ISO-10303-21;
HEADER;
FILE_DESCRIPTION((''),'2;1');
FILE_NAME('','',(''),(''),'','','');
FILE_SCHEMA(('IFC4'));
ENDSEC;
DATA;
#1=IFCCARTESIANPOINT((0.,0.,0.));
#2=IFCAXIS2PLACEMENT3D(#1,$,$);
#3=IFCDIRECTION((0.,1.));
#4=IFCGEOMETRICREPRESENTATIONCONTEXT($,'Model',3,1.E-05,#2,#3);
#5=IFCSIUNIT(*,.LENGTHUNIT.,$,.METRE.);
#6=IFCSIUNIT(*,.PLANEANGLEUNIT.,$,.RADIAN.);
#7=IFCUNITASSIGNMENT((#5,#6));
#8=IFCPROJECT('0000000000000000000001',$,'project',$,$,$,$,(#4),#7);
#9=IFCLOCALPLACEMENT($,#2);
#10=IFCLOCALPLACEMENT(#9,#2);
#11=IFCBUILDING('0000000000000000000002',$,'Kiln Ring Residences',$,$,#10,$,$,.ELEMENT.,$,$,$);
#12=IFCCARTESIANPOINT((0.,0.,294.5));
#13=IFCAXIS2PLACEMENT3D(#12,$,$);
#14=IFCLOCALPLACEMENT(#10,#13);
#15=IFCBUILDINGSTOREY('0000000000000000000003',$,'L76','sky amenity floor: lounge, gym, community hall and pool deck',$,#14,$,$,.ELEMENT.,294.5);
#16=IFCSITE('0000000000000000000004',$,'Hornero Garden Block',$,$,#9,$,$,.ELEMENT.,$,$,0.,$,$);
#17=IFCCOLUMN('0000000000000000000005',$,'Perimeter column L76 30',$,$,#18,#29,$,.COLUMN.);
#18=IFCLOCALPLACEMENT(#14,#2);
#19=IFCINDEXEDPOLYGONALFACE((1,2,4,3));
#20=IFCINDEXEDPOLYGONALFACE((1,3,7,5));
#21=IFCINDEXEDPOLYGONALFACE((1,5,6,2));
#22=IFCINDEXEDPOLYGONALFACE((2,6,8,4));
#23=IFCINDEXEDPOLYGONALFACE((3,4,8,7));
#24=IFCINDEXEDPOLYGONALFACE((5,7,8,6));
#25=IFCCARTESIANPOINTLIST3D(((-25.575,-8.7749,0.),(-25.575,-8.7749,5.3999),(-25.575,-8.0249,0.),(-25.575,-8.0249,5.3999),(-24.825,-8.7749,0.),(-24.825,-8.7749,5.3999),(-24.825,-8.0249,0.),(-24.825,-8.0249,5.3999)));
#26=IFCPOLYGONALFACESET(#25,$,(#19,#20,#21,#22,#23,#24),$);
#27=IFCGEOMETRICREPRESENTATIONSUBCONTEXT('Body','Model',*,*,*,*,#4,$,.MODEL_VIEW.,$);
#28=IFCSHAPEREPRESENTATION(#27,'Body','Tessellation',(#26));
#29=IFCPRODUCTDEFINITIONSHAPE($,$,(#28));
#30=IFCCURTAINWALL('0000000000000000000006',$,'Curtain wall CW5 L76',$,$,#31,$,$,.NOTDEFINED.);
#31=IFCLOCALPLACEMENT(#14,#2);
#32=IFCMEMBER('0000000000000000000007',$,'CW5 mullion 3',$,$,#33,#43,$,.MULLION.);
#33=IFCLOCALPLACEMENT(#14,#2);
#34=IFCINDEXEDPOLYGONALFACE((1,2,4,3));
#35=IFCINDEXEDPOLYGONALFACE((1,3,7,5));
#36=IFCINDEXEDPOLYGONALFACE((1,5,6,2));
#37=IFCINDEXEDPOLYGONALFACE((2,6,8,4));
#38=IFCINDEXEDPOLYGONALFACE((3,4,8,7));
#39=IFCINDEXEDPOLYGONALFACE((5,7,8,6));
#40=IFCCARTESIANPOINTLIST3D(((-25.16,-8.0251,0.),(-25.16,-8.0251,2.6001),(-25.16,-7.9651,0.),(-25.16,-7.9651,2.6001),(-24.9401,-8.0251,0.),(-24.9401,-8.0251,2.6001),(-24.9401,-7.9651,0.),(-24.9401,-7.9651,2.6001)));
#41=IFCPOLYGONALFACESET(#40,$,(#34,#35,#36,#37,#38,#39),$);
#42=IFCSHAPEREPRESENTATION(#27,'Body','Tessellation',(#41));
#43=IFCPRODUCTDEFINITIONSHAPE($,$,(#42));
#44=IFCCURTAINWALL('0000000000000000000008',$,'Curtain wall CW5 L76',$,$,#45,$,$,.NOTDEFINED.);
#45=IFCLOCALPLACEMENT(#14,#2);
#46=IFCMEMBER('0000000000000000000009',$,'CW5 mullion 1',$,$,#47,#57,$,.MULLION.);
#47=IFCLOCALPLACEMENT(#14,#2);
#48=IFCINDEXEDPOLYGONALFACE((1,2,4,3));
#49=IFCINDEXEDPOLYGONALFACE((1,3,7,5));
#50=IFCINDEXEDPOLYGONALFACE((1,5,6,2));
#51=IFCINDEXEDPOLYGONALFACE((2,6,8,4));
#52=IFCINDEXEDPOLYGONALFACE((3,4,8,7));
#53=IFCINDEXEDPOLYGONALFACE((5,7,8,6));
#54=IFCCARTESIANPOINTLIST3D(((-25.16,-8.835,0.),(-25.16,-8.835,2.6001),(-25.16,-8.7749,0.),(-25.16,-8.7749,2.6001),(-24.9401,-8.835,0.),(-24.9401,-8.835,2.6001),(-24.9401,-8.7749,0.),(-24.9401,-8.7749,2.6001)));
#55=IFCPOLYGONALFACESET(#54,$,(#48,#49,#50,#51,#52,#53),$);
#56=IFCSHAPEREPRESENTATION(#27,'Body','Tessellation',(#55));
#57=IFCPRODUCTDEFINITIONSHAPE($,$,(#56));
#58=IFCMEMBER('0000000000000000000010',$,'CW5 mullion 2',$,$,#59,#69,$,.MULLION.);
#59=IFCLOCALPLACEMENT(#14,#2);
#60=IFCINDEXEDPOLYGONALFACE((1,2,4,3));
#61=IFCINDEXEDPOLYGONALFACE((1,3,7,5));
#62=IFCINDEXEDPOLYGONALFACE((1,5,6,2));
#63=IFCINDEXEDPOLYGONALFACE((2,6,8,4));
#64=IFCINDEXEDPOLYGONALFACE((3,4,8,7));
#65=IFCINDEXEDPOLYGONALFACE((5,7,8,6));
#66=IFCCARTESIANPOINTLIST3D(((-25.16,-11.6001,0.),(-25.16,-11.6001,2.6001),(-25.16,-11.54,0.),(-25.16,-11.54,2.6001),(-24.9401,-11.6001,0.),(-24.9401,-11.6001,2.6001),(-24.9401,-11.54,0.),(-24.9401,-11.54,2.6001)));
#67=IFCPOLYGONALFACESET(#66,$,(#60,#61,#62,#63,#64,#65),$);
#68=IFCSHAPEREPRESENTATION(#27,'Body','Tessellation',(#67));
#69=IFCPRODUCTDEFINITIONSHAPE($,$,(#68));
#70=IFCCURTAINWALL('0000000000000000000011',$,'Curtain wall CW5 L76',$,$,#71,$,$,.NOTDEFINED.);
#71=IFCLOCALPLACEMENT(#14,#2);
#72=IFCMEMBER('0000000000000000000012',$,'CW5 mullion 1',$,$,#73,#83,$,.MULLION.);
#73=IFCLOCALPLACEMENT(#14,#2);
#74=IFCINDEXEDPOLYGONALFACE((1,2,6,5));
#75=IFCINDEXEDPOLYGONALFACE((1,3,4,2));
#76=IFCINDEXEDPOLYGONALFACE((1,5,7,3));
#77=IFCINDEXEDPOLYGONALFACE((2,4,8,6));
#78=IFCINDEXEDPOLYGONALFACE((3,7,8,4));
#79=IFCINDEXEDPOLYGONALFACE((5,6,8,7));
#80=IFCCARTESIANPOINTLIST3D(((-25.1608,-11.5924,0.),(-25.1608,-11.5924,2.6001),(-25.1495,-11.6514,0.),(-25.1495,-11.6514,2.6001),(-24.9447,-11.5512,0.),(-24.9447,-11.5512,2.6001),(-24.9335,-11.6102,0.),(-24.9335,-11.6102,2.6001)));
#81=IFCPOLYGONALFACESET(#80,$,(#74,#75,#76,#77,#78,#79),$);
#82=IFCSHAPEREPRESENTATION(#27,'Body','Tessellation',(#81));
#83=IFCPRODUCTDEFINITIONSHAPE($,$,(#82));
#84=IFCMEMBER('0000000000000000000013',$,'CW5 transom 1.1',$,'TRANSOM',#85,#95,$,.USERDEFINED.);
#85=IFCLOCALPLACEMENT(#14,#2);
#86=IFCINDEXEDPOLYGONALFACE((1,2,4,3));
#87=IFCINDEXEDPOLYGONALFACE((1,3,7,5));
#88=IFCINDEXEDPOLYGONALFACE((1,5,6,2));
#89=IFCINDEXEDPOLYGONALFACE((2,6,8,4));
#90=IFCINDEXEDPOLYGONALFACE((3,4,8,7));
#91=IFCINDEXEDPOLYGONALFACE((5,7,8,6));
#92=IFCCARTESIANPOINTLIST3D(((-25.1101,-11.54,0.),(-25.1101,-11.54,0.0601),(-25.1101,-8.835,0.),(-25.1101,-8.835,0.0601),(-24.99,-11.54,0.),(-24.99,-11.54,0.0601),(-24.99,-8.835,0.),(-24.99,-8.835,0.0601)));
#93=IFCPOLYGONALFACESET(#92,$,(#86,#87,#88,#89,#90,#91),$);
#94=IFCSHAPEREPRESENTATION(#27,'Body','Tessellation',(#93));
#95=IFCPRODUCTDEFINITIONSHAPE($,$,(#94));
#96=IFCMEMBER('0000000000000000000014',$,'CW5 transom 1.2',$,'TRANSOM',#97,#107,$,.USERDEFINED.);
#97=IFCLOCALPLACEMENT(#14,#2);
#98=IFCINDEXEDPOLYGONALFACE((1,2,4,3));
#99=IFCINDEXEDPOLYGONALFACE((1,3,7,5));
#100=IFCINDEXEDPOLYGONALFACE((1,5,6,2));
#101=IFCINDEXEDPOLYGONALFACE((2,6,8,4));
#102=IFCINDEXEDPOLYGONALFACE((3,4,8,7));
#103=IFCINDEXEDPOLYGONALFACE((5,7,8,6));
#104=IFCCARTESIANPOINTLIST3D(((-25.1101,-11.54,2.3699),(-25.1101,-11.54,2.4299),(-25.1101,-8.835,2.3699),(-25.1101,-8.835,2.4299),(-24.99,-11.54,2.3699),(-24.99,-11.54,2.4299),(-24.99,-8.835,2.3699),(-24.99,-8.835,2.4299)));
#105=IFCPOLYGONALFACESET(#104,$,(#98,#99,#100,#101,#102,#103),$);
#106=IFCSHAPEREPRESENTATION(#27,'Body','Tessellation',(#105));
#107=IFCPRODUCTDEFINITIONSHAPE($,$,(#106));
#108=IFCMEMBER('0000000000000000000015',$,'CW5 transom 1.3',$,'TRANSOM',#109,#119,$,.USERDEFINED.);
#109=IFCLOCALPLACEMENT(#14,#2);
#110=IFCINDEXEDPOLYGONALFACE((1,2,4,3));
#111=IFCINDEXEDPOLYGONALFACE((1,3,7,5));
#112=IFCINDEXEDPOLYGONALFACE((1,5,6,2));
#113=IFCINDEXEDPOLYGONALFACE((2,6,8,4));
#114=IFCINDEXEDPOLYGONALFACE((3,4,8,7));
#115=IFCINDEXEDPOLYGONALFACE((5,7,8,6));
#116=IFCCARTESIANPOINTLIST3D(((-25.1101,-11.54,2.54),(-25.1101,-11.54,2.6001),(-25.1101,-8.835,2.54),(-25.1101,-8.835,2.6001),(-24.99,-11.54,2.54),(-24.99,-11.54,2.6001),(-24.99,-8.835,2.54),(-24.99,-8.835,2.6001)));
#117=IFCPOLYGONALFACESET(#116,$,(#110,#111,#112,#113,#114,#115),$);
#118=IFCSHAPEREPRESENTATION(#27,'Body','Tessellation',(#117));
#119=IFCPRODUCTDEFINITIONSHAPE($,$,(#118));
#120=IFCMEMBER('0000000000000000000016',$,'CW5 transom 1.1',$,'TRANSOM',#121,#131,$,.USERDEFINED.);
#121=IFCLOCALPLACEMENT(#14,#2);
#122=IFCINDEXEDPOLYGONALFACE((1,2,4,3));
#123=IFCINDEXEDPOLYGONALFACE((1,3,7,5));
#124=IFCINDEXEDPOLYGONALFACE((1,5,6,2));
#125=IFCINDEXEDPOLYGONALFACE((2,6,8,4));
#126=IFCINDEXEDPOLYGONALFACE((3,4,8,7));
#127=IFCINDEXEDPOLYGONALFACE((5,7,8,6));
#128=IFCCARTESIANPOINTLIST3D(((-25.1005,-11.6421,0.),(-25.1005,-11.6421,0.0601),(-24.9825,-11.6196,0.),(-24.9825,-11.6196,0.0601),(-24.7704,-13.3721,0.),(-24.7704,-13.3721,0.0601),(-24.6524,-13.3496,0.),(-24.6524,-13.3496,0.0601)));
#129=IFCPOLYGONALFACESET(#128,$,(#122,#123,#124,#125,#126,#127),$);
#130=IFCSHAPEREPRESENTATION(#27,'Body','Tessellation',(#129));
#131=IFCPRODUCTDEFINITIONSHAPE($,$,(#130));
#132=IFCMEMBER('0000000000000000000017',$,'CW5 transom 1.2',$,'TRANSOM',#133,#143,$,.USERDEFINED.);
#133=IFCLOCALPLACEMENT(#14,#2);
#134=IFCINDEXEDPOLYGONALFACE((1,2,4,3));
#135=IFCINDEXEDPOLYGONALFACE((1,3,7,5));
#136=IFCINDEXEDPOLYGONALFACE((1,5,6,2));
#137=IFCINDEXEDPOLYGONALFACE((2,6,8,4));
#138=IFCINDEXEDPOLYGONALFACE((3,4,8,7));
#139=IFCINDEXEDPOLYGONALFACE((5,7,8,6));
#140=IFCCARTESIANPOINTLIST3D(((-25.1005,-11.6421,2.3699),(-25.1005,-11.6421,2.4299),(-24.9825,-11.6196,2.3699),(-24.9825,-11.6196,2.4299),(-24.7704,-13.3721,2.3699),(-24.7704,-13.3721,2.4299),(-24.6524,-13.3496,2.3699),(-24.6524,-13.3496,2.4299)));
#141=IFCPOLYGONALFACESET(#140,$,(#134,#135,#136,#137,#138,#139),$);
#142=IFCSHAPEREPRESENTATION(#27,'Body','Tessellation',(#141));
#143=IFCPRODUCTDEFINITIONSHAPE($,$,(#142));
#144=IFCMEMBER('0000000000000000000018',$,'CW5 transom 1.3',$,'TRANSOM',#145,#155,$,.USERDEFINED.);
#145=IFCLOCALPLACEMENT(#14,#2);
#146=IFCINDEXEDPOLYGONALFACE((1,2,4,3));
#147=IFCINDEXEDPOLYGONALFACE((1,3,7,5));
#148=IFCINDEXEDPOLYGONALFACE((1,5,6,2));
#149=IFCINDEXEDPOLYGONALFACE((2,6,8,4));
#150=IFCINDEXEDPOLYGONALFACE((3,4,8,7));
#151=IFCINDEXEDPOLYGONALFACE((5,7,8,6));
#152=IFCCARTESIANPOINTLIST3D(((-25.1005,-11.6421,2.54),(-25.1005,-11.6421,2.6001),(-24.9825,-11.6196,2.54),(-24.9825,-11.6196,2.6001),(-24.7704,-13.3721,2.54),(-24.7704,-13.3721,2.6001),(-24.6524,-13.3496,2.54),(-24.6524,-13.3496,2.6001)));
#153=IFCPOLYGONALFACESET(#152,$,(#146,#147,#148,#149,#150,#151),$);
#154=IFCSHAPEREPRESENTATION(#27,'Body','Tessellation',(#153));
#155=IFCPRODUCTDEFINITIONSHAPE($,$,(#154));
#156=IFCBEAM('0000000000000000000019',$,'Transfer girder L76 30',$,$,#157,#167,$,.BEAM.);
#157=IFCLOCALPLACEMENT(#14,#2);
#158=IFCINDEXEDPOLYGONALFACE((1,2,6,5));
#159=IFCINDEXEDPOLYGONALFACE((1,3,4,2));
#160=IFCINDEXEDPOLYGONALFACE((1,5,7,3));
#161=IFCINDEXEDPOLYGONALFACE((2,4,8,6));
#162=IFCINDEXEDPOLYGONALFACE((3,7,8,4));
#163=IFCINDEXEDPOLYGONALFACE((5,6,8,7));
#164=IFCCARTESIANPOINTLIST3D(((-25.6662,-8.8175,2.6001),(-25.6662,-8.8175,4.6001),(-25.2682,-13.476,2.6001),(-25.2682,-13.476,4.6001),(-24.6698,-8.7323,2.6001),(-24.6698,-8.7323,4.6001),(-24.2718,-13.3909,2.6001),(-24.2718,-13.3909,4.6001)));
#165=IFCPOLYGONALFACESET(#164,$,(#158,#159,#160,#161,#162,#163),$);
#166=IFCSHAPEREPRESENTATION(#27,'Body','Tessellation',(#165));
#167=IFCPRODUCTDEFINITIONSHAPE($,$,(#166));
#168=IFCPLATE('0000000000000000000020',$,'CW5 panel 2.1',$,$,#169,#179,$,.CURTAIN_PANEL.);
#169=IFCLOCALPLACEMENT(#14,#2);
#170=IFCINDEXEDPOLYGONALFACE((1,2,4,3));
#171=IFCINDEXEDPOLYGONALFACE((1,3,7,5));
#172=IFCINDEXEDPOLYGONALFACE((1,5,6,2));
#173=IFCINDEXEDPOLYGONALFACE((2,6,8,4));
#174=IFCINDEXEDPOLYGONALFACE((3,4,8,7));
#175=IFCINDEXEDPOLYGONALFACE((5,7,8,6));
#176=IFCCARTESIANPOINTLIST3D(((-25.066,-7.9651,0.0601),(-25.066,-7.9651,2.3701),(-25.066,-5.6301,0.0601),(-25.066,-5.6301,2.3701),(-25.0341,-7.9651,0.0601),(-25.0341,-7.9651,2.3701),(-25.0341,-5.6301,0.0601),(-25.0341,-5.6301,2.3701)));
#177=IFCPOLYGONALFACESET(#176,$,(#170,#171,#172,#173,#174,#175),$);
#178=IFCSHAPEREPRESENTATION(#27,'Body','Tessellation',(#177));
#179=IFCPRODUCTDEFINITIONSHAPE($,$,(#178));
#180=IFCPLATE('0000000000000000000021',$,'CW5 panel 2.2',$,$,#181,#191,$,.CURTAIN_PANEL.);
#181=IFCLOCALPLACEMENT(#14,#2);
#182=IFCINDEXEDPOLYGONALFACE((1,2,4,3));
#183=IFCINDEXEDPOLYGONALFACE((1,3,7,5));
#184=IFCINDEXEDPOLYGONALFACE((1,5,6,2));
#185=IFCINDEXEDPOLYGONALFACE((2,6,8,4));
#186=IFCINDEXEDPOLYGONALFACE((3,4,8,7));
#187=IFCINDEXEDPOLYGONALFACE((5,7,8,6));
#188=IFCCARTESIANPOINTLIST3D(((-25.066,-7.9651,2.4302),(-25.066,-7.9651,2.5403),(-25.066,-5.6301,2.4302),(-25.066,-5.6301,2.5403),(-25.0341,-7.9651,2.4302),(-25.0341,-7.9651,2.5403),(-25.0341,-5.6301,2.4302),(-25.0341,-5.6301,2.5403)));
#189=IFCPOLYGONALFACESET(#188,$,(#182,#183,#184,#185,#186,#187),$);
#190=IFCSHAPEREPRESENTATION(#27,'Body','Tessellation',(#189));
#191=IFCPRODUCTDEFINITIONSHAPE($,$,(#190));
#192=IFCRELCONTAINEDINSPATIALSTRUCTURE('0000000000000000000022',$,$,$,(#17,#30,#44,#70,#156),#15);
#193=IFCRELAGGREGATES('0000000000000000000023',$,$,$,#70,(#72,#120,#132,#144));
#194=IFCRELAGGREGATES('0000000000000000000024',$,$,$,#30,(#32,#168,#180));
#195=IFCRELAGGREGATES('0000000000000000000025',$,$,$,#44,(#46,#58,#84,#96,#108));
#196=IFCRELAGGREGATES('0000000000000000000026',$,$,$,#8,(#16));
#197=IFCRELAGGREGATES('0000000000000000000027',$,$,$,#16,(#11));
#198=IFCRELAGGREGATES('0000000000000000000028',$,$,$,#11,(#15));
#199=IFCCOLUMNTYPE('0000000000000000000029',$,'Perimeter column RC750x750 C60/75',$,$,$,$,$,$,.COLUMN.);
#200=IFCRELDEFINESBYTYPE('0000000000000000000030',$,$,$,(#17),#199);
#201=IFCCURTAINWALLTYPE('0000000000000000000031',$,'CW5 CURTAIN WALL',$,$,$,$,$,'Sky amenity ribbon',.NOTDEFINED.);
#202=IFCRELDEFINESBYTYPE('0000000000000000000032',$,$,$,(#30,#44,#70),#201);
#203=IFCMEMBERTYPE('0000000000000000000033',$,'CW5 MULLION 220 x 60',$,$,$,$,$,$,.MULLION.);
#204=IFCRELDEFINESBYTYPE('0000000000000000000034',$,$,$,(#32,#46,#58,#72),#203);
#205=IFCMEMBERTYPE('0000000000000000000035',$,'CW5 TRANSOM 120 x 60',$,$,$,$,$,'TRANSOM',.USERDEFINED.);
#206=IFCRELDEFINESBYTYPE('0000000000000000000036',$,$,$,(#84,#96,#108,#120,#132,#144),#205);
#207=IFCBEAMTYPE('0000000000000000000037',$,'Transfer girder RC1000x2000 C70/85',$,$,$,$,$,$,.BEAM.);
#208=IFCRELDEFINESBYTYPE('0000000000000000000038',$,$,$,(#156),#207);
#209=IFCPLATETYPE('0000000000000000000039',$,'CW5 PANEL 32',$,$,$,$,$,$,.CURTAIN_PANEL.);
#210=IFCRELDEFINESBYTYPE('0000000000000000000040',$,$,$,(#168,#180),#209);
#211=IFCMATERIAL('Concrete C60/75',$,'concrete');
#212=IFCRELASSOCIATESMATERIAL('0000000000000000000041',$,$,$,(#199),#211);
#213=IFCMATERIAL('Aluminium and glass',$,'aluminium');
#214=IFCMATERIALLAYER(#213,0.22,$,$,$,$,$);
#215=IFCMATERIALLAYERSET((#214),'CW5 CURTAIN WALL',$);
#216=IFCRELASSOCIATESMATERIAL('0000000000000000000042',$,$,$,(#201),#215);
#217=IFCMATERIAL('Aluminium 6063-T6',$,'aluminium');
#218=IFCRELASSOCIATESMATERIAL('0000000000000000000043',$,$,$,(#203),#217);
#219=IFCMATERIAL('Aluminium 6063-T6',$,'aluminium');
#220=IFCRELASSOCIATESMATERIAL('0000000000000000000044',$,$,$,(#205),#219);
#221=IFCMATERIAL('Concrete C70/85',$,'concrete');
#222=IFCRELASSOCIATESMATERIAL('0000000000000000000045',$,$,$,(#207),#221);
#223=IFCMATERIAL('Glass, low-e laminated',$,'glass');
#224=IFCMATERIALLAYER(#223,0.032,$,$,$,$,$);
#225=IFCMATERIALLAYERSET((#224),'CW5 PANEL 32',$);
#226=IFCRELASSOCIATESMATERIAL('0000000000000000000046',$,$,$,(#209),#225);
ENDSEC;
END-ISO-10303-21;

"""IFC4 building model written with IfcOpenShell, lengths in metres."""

from ifc_helpers import new_model, si_unit, direction, frame, origin, origin_2d, place, context, subcontext, project, spatial, rectangle, extrude, material, layer, layer_set, material_profile, profile_set, type_object, element, aggregate, save


model = new_model("IFC4")

# Units and contexts
model_context = context("Model", 3, precision=1e-05, world=origin(), true_north=direction((0.0, 1.0)))
body_context = subcontext(model_context, "Body", "Model", "MODEL_VIEW")
ifc_project = project(units=[si_unit("LENGTHUNIT", "METRE"), si_unit("PLANEANGLEUNIT", "RADIAN")], contexts=[model_context])

# Site, building, storey
site_placement = place(None, origin())
site = spatial("IfcSite", under=ifc_project, at=site_placement, Name="Hornero Garden Block", CompositionType="ELEMENT", RefElevation=0.0)
building_placement = place(site_placement, origin())
building = spatial("IfcBuilding", under=site, at=building_placement, Name="Kiln Ring Residences", CompositionType="ELEMENT")
storey_placement = place(building_placement, frame((0.0, 0.0, 294.5)))
storey = spatial("IfcBuildingStorey", under=building, at=storey_placement, Name="L76", Description="sky amenity floor: lounge, gym, community hall and pool deck", CompositionType="ELEMENT", Elevation=294.5)

# Column
ifc_material_1 = material(Name="Concrete C60/75", Category="concrete")
ifc_material_profile_1 = material_profile(ifc_material_1, rectangle(XDim=0.75, YDim=0.75, at=origin_2d()), Name="RC750x750")
ifc_profile_set_1 = profile_set([ifc_material_profile_1], Name="Concrete C60/75")
column_type = type_object("IfcColumnType", Name="Perimeter column RC750x750 C60/75", PredefinedType="COLUMN", material=ifc_profile_set_1)
column_placement = place(storey_placement, frame((-25.2, -8.3999, 0.0), z_axis=(0.0, 0.0, 1.0), x_axis=(1.0, 0.0, 0.0)))
element("IfcColumn", 1, at=column_placement, inside=storey, type_object=column_type, Name="Perimeter column L76 30", PredefinedType="COLUMN", context=body_context, shape_type="SweptSolid", body=[
    extrude(rectangle(XDim=0.75, YDim=0.75, at=origin_2d()), origin(), (0.0, 0.0, 1.0), 5.3999),
])

# Curtain wall, member
ifc_material_2 = material(Name="Aluminium and glass", Category="aluminium")
ifc_layer_1 = layer(ifc_material_2, 0.22)
ifc_layer_set_1 = layer_set([ifc_layer_1], Name="CW5 CURTAIN WALL")
curtain_wall_type = type_object("IfcCurtainWallType", Name="CW5 CURTAIN WALL", ElementType="Sky amenity ribbon", PredefinedType="NOTDEFINED", material=ifc_layer_set_1)
placement = place(storey_placement, origin())
curtain_wall_1 = element("IfcCurtainWall", 2, at=placement, inside=storey, type_object=curtain_wall_type, Name="Curtain wall CW5 L76", PredefinedType="NOTDEFINED")
ifc_material_3 = material(Name="Aluminium 6063-T6", Category="aluminium")
ifc_material_profile_2 = material_profile(ifc_material_3, rectangle(XDim=0.22, YDim=0.0601, at=origin_2d()), Name="AL 220x60")
ifc_profile_set_2 = profile_set([ifc_material_profile_2], Name="Aluminium 6063-T6")
member_type_1 = type_object("IfcMemberType", Name="CW5 MULLION 220 x 60", PredefinedType="MULLION", material=ifc_profile_set_2)
member_1_placement = place(storey_placement, frame((-25.05, -7.9951, 0.0), z_axis=(0.0, 0.0, 1.0), x_axis=(1.0, 0.0, 0.0)))
member_1 = element("IfcMember", 3, at=member_1_placement, type_object=member_type_1, Name="CW5 mullion 3", PredefinedType="MULLION", context=body_context, shape_type="SweptSolid", body=[
    extrude(rectangle(XDim=0.22, YDim=0.0601, at=origin_2d()), origin(), (0.0, 0.0, 1.0), 2.6001),
])

# Curtain wall, members
curtain_wall_2 = element("IfcCurtainWall", 4, at=placement, inside=storey, type_object=curtain_wall_type, Name="Curtain wall CW5 L76", PredefinedType="NOTDEFINED")
member_2_placement = place(storey_placement, frame((-25.05, -8.8049, 0.0), z_axis=(0.0, 0.0, 1.0), x_axis=(1.0, 0.0, 0.0)))
member_2 = element("IfcMember", 5, at=member_2_placement, type_object=member_type_1, Name="CW5 mullion 1", PredefinedType="MULLION", context=body_context, shape_type="SweptSolid", body=[
    extrude(rectangle(XDim=0.22, YDim=0.0601, at=origin_2d()), origin(), (0.0, 0.0, 1.0), 2.6001),
])
member_3_placement = place(storey_placement, frame((-25.05, -11.5701, 0.0), z_axis=(0.0, 0.0, 1.0), x_axis=(1.0, 0.0, 0.0)))
member_3 = element("IfcMember", 6, at=member_3_placement, type_object=member_type_1, Name="CW5 mullion 2", PredefinedType="MULLION", context=body_context, shape_type="SweptSolid", body=[
    extrude(rectangle(XDim=0.22, YDim=0.0601, at=origin_2d()), origin(), (0.0, 0.0, 1.0), 2.6001),
])

# Curtain wall, member
curtain_wall_3 = element("IfcCurtainWall", 7, at=placement, inside=storey, type_object=curtain_wall_type, Name="Curtain wall CW5 L76", PredefinedType="NOTDEFINED")
member_4_placement = place(storey_placement, frame((-25.0471, -11.6013, 0.0), z_axis=(0.0, 0.0, 1.0), x_axis=(0.98229, 0.187366, 0.0)))
member_4 = element("IfcMember", 8, at=member_4_placement, type_object=member_type_1, Name="CW5 mullion 1", PredefinedType="MULLION", context=body_context, shape_type="SweptSolid", body=[
    extrude(rectangle(XDim=0.22, YDim=0.0601, at=origin_2d()), origin(), (0.0, 0.0, 1.0), 2.6001),
])

# Members
ifc_material_4 = material(Name="Aluminium 6063-T6", Category="aluminium")
ifc_material_profile_3 = material_profile(ifc_material_4, rectangle(XDim=0.1201, YDim=0.0601, at=origin_2d()), Name="AL 120x60")
ifc_profile_set_3 = profile_set([ifc_material_profile_3], Name="Aluminium 6063-T6")
member_type_2 = type_object("IfcMemberType", Name="CW5 TRANSOM 120 x 60", ElementType="TRANSOM", PredefinedType="USERDEFINED", material=ifc_profile_set_3)
member_5_placement = place(storey_placement, frame((-25.05, -8.835, 0.03), z_axis=(0.0, -1.0, 0.0), x_axis=(1.0, 0.0, 0.0)))
member_5 = element("IfcMember", 9, at=member_5_placement, type_object=member_type_2, Name="CW5 transom 1.1", ObjectType="TRANSOM", PredefinedType="USERDEFINED", context=body_context, shape_type="SweptSolid", body=[
    extrude(rectangle(XDim=0.1201, YDim=0.0601, at=origin_2d()), origin(), (0.0, 0.0, 1.0), 2.7051),
])
member_6_placement = place(storey_placement, frame((-25.05, -8.835, 2.3999), z_axis=(0.0, -1.0, 0.0), x_axis=(1.0, 0.0, 0.0)))
member_6 = element("IfcMember", 10, at=member_6_placement, type_object=member_type_2, Name="CW5 transom 1.2", ObjectType="TRANSOM", PredefinedType="USERDEFINED", context=body_context, shape_type="SweptSolid", body=[
    extrude(rectangle(XDim=0.1201, YDim=0.0601, at=origin_2d()), origin(), (0.0, 0.0, 1.0), 2.7051),
])
member_7_placement = place(storey_placement, frame((-25.05, -8.835, 2.5701), z_axis=(0.0, -1.0, 0.0), x_axis=(1.0, 0.0, 0.0)))
member_7 = element("IfcMember", 11, at=member_7_placement, type_object=member_type_2, Name="CW5 transom 1.3", ObjectType="TRANSOM", PredefinedType="USERDEFINED", context=body_context, shape_type="SweptSolid", body=[
    extrude(rectangle(XDim=0.1201, YDim=0.0601, at=origin_2d()), origin(), (0.0, 0.0, 1.0), 2.7051),
])
member_8_placement = place(storey_placement, frame((-25.0415, -11.6309, 0.03), z_axis=(0.187418, -0.98228, 0.0), x_axis=(0.98228, 0.187418, 0.0)))
member_8 = element("IfcMember", 12, at=member_8_placement, type_object=member_type_2, Name="CW5 transom 1.1", ObjectType="TRANSOM", PredefinedType="USERDEFINED", context=body_context, shape_type="SweptSolid", body=[
    extrude(rectangle(XDim=0.1201, YDim=0.0601, at=origin_2d()), origin(), (0.0, 0.0, 1.0), 1.7612),
])
member_9_placement = place(storey_placement, frame((-25.0415, -11.6309, 2.3999), z_axis=(0.187418, -0.98228, 0.0), x_axis=(0.98228, 0.187418, 0.0)))
member_9 = element("IfcMember", 13, at=member_9_placement, type_object=member_type_2, Name="CW5 transom 1.2", ObjectType="TRANSOM", PredefinedType="USERDEFINED", context=body_context, shape_type="SweptSolid", body=[
    extrude(rectangle(XDim=0.1201, YDim=0.0601, at=origin_2d()), origin(), (0.0, 0.0, 1.0), 1.7612),
])
member_10_placement = place(storey_placement, frame((-25.0415, -11.6309, 2.5701), z_axis=(0.187418, -0.98228, 0.0), x_axis=(0.98228, 0.187418, 0.0)))
member_10 = element("IfcMember", 14, at=member_10_placement, type_object=member_type_2, Name="CW5 transom 1.3", ObjectType="TRANSOM", PredefinedType="USERDEFINED", context=body_context, shape_type="SweptSolid", body=[
    extrude(rectangle(XDim=0.1201, YDim=0.0601, at=origin_2d()), origin(), (0.0, 0.0, 1.0), 1.7612),
])
aggregate(curtain_wall_3, [member_4, member_8, member_9, member_10])

# Beam
ifc_material_5 = material(Name="Concrete C70/85", Category="concrete")
ifc_material_profile_4 = material_profile(ifc_material_5, rectangle(XDim=1.0, YDim=2.0, at=origin_2d()), Name="RC1000x2000")
ifc_profile_set_4 = profile_set([ifc_material_profile_4], Name="Concrete C70/85")
beam_type = type_object("IfcBeamType", Name="Transfer girder RC1000x2000 C70/85", PredefinedType="BEAM", material=ifc_profile_set_4)
beam_placement = place(storey_placement, frame((-25.168, -8.7749, 3.6001), z_axis=(0.085111, -0.996371, 0.0), x_axis=(0.996371, 0.085111, 0.0)))
element("IfcBeam", 15, at=beam_placement, inside=storey, type_object=beam_type, Name="Transfer girder L76 30", PredefinedType="BEAM", context=body_context, shape_type="SweptSolid", body=[
    extrude(rectangle(XDim=1.0, YDim=2.0, at=origin_2d()), origin(), (0.0, 0.0, 1.0), 4.6755),
])

# Plates
ifc_material_6 = material(Name="Glass, low-e laminated", Category="glass")
ifc_layer_2 = layer(ifc_material_6, 0.032)
ifc_layer_set_2 = layer_set([ifc_layer_2], Name="CW5 PANEL 32")
plate_type = type_object("IfcPlateType", Name="CW5 PANEL 32", PredefinedType="CURTAIN_PANEL", material=ifc_layer_set_2)
plate_1_placement = place(storey_placement, frame((-25.05, -6.7976, 0.0601), z_axis=(0.0, 0.0, 1.0), x_axis=(0.0, -1.0, 0.0)))
plate_1 = element("IfcPlate", 16, at=plate_1_placement, type_object=plate_type, Name="CW5 panel 2.1", PredefinedType="CURTAIN_PANEL", context=body_context, shape_type="SweptSolid", body=[
    extrude(rectangle(XDim=2.335, YDim=0.032, at=origin_2d()), origin(), (0.0, 0.0, 1.0), 2.3101),
])
plate_2_placement = place(storey_placement, frame((-25.05, -6.7976, 2.4302), z_axis=(0.0, 0.0, 1.0), x_axis=(0.0, -1.0, 0.0)))
plate_2 = element("IfcPlate", 17, at=plate_2_placement, type_object=plate_type, Name="CW5 panel 2.2", PredefinedType="CURTAIN_PANEL", context=body_context, shape_type="SweptSolid", body=[
    extrude(rectangle(XDim=2.335, YDim=0.032, at=origin_2d()), origin(), (0.0, 0.0, 1.0), 0.1101),
])
aggregate(curtain_wall_1, [member_1, plate_1, plate_2])
aggregate(curtain_wall_2, [member_2, member_3, member_5, member_6, member_7])

save(model, "model.ifc")
